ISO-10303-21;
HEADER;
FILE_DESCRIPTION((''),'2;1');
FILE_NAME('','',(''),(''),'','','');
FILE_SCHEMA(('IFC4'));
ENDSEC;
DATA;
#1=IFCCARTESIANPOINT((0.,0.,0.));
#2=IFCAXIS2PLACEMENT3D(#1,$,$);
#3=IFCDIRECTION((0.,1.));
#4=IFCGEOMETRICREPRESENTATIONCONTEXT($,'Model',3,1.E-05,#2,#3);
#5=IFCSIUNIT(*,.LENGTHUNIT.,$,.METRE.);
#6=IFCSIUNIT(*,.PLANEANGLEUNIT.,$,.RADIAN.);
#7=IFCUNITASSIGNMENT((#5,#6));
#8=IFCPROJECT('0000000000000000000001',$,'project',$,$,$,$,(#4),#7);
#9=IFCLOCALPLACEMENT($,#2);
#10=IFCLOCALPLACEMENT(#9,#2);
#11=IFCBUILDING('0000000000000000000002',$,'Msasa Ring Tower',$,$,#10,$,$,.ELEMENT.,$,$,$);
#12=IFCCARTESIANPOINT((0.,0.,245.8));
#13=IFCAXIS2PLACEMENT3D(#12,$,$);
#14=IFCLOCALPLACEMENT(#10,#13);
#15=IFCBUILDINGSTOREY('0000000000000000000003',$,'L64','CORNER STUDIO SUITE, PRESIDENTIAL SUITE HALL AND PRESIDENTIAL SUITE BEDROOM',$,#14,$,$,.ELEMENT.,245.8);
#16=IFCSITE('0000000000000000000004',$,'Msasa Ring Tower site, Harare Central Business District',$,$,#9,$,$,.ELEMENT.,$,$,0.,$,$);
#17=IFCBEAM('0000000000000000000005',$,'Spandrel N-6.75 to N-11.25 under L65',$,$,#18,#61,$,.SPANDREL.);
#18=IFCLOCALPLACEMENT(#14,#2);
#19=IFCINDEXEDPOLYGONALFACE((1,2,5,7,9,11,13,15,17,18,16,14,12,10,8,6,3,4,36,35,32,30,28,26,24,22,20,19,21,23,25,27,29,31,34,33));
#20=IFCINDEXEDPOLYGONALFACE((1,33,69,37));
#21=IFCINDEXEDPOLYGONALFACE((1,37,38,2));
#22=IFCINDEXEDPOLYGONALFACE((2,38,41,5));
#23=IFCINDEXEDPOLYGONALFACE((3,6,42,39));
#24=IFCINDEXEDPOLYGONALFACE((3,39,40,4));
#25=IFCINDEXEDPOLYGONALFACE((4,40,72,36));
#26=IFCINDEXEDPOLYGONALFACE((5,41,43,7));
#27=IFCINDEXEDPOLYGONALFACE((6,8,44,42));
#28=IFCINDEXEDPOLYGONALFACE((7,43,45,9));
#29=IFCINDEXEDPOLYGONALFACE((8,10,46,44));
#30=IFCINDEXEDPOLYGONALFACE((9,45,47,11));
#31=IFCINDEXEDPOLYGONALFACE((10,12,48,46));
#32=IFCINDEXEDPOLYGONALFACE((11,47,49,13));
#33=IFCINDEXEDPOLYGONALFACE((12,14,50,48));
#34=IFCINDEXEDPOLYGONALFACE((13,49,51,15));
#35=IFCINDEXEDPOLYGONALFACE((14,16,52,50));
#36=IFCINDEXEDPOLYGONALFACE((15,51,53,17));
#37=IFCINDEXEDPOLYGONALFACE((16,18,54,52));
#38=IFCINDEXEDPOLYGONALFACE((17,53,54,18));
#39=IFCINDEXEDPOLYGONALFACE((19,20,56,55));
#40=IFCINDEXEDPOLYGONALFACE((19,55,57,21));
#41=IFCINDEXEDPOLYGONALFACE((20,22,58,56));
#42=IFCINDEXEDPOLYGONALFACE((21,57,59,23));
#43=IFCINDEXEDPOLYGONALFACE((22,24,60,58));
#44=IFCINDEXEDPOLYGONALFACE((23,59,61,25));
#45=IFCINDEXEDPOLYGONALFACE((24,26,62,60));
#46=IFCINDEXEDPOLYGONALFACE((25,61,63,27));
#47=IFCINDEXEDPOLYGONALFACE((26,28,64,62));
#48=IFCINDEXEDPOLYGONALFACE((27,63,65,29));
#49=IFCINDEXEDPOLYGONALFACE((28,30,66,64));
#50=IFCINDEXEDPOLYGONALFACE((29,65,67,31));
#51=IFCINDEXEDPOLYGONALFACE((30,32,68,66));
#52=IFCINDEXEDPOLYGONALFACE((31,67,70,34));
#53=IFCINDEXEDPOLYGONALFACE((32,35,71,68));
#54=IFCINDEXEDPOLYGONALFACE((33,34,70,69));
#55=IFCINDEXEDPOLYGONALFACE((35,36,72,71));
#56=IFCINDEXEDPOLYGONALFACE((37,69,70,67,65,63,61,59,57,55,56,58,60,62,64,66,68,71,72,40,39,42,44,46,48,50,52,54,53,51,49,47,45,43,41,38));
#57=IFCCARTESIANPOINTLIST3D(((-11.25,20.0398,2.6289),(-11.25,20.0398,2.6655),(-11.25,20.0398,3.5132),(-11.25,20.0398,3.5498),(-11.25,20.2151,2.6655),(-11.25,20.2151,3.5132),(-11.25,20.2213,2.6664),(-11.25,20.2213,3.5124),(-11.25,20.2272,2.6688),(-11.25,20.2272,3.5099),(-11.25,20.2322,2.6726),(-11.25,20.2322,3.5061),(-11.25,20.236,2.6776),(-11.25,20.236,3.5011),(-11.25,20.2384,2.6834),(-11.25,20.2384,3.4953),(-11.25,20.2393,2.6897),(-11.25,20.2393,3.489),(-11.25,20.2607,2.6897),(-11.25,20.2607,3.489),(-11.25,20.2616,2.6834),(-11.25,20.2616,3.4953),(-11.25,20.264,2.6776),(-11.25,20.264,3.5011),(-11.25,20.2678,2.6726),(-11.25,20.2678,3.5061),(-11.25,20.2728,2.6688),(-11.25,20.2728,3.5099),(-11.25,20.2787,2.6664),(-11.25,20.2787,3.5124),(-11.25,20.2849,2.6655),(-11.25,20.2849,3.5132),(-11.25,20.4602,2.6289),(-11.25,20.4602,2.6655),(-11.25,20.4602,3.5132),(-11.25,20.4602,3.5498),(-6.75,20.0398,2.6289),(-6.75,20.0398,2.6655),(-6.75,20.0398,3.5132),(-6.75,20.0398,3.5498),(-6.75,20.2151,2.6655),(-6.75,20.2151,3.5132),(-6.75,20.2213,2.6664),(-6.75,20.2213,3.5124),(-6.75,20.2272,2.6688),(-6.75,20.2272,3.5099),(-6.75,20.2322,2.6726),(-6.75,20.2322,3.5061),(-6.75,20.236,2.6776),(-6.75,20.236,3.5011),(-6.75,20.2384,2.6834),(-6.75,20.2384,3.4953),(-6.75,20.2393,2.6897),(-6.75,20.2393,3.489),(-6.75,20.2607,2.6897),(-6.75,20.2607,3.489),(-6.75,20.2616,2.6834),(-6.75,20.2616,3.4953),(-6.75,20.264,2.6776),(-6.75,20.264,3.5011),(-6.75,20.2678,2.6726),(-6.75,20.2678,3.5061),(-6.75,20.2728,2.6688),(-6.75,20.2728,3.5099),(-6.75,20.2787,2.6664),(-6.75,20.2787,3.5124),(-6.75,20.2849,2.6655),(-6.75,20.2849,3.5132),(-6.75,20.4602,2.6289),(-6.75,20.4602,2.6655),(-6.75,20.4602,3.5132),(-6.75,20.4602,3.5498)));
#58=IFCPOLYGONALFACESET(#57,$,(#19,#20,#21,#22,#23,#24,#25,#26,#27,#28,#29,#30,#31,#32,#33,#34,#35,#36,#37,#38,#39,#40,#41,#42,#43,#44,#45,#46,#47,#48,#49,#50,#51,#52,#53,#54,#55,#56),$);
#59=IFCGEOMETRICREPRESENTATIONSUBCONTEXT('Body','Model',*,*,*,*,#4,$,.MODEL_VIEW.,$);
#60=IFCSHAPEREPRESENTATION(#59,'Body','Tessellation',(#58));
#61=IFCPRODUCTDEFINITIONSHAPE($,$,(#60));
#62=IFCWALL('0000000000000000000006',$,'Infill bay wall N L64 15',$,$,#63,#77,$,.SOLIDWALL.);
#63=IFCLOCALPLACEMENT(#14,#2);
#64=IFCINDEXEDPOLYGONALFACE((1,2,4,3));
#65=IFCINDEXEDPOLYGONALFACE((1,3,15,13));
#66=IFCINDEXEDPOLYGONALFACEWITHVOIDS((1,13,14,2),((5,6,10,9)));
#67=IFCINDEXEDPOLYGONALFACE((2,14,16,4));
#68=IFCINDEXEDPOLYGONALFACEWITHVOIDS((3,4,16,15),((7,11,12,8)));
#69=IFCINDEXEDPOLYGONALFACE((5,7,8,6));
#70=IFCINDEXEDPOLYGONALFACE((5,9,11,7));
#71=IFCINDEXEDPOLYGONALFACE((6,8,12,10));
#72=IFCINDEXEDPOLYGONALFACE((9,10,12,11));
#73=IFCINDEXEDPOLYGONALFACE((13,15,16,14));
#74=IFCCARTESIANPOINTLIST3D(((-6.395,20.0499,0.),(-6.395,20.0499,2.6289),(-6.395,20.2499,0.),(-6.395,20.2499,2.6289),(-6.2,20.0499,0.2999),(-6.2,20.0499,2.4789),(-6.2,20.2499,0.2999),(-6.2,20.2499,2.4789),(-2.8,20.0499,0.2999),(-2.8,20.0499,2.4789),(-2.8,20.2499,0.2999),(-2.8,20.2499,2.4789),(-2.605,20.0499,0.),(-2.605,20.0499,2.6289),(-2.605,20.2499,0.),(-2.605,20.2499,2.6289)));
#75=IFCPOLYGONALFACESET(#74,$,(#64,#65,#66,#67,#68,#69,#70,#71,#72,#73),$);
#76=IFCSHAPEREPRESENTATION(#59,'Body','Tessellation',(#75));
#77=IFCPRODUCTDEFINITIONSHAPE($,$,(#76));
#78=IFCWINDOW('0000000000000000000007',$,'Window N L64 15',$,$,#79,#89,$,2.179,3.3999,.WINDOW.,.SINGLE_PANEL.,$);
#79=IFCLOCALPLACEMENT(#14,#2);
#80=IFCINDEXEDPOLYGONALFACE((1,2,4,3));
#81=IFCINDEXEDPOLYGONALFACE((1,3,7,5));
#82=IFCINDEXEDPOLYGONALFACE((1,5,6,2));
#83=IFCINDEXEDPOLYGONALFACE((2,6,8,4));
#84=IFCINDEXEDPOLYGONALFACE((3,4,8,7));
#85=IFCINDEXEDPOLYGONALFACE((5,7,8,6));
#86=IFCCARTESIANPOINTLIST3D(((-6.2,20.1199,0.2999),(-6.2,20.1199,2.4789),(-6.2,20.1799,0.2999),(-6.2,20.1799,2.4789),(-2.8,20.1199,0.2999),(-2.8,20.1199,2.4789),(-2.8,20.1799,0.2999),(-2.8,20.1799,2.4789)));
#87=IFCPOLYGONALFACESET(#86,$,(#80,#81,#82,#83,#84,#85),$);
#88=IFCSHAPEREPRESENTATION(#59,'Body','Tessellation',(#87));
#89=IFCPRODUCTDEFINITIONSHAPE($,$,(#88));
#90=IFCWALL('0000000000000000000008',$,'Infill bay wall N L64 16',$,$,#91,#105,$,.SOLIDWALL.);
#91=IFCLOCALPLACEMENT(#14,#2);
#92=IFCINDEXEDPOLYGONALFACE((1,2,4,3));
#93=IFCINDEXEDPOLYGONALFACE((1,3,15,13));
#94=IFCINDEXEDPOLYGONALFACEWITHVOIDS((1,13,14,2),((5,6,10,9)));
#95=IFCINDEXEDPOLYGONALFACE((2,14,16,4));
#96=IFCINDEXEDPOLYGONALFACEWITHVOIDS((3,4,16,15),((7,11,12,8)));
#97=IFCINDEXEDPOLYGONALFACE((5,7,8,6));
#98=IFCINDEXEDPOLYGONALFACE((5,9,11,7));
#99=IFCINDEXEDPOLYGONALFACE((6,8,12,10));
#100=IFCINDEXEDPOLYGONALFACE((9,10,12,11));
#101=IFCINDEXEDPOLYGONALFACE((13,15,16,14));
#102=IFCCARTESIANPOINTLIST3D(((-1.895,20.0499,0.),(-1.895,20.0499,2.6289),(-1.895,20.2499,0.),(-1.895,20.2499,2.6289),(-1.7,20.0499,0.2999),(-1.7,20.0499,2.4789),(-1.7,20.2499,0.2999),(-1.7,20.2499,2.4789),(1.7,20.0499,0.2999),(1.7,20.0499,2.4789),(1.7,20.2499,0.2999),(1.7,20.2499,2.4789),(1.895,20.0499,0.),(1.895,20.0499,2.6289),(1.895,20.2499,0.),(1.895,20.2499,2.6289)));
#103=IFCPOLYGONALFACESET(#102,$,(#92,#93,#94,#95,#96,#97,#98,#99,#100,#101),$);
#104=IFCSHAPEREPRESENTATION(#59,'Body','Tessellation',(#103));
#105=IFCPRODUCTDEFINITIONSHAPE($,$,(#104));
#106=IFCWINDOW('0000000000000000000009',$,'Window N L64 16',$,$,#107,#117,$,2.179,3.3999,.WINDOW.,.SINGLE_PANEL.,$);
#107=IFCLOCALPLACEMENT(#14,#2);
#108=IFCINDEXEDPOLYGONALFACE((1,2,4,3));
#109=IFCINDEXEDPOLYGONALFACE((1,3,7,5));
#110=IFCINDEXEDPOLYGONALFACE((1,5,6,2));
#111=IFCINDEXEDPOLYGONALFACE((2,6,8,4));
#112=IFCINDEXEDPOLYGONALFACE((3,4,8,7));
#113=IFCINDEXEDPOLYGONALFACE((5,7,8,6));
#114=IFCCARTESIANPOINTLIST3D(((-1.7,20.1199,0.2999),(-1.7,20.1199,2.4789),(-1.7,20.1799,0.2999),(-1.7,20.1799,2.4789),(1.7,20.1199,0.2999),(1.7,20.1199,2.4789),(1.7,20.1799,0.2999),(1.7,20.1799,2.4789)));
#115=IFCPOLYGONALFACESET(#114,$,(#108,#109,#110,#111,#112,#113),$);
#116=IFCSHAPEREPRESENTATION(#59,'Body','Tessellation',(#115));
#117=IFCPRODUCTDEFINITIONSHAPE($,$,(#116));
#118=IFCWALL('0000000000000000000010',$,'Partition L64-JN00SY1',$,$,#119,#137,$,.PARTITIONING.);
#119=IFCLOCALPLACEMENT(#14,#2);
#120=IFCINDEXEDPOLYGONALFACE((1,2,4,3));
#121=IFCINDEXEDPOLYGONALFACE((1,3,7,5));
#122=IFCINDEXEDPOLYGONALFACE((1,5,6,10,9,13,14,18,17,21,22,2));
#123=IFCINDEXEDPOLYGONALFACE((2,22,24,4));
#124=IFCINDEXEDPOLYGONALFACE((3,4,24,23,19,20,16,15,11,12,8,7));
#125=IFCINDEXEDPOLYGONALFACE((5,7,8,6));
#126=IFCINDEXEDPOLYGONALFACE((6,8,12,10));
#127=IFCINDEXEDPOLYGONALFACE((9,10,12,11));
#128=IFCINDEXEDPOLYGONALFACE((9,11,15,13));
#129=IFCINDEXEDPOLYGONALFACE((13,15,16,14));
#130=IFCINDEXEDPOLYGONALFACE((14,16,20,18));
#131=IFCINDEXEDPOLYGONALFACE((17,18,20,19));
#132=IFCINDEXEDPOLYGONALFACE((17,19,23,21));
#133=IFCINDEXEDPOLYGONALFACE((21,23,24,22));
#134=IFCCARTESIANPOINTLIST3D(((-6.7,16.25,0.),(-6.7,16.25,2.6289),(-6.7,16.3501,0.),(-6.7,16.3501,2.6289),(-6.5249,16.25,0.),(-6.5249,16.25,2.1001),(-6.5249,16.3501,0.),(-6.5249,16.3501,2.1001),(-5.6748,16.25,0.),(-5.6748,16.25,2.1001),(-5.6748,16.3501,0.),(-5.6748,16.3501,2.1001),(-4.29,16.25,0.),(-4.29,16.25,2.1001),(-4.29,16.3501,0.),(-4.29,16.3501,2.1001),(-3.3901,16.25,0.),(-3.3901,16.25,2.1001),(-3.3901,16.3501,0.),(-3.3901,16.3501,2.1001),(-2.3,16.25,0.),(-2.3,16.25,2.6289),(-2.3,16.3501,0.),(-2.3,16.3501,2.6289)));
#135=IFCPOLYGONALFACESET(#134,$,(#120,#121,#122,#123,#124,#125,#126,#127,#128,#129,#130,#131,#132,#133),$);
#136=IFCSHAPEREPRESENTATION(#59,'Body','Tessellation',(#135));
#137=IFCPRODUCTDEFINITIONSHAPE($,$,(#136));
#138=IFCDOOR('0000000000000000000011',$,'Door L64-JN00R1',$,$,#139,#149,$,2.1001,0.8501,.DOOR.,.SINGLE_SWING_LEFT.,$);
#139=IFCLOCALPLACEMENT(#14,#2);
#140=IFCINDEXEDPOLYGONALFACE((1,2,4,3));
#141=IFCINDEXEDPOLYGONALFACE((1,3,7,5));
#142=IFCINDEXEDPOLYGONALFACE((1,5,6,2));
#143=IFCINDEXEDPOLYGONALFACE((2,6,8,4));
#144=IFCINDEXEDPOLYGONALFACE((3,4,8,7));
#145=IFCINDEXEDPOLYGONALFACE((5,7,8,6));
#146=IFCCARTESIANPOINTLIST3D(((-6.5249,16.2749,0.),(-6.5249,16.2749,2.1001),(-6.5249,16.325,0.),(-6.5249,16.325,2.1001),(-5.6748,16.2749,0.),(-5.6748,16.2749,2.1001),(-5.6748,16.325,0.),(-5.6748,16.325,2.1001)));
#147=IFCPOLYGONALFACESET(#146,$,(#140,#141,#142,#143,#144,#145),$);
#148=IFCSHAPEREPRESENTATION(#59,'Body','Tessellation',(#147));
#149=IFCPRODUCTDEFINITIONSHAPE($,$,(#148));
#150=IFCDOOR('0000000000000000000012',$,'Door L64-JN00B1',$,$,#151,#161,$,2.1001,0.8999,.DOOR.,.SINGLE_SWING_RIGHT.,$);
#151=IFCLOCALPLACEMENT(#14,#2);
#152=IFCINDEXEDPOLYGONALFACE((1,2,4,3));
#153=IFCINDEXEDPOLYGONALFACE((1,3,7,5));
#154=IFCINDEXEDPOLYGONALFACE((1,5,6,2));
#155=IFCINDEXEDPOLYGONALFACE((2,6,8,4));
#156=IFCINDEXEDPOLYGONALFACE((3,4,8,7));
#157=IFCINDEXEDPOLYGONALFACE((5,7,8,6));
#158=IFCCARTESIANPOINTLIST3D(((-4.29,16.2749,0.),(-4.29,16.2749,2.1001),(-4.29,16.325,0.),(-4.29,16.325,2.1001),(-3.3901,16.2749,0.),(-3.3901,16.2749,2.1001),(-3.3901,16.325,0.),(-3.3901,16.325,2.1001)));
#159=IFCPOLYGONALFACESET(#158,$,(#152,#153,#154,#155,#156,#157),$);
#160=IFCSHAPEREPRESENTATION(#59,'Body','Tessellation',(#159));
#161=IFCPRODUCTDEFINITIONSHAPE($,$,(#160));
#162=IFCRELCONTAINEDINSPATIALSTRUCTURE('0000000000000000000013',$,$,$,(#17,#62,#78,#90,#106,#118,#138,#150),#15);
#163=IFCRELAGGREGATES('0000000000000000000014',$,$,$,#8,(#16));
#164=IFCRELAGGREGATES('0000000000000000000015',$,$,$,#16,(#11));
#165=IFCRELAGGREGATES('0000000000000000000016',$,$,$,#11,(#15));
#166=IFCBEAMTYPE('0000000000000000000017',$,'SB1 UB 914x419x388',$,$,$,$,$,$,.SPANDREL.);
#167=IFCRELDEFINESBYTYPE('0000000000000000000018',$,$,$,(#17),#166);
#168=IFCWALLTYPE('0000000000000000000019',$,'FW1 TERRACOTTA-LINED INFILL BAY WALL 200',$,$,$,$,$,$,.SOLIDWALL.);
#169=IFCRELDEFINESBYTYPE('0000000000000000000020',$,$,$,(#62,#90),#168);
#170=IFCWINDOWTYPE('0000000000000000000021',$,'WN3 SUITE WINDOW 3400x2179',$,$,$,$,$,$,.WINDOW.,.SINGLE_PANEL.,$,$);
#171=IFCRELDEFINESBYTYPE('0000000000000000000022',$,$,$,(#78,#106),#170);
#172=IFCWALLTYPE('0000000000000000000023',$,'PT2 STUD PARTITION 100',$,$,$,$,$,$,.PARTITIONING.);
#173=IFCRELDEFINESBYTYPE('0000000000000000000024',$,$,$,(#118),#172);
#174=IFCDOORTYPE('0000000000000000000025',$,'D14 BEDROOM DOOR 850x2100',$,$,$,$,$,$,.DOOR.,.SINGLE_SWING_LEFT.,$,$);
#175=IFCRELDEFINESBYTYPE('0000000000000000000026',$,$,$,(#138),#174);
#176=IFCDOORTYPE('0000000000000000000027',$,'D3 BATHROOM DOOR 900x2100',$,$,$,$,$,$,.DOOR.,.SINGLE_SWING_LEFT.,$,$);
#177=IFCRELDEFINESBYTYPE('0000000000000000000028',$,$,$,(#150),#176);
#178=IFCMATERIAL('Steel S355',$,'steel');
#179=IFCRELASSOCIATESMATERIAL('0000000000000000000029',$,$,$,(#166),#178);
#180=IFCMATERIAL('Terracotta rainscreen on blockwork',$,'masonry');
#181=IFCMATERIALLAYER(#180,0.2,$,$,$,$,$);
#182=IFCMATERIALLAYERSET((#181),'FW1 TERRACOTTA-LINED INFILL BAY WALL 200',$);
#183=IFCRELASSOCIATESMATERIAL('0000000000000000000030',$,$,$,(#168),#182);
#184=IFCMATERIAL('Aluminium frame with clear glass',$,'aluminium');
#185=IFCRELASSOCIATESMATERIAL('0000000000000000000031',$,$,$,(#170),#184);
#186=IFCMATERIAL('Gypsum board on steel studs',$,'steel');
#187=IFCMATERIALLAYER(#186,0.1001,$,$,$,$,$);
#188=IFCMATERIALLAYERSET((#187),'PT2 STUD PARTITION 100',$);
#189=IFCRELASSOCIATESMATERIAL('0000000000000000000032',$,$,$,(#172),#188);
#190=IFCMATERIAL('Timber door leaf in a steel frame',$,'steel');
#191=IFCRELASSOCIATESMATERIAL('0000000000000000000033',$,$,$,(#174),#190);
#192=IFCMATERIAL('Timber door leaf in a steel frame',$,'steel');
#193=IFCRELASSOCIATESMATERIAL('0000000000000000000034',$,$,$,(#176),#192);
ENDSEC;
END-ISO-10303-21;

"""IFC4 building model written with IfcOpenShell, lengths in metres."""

from ifc_helpers import new_model, si_unit, direction, frame, frame_2d, origin, origin_2d, place, context, subcontext, project, spatial, rectangle, i_section, extrude, material, layer, layer_set, material_profile, profile_set, type_object, element, fill, save


model = new_model("IFC4")

# Units and contexts
model_context = context("Model", 3, precision=1e-05, world=origin(), true_north=direction((0.0, 1.0)))
body_context = subcontext(model_context, "Body", "Model", "MODEL_VIEW")
ifc_project = project(units=[si_unit("LENGTHUNIT", "METRE"), si_unit("PLANEANGLEUNIT", "RADIAN")], contexts=[model_context])

# Site, building, storey
site_placement = place(None, origin())
site = spatial("IfcSite", under=ifc_project, at=site_placement, Name="Msasa Ring Tower site, Harare Central Business District", CompositionType="ELEMENT", RefElevation=0.0)
building_placement = place(site_placement, origin())
building = spatial("IfcBuilding", under=site, at=building_placement, Name="Msasa Ring Tower", CompositionType="ELEMENT")
storey_placement = place(building_placement, frame((0.0, 0.0, 245.8)))
storey = spatial("IfcBuildingStorey", under=building, at=storey_placement, Name="L64", Description="CORNER STUDIO SUITE, PRESIDENTIAL SUITE HALL AND PRESIDENTIAL SUITE BEDROOM", CompositionType="ELEMENT", Elevation=245.8)

# Beam
ifc_material_1 = material(Name="Steel S355", Category="steel")
ifc_material_profile_1 = material_profile(ifc_material_1, i_section(OverallWidth=0.4204, OverallDepth=0.9209, WebThickness=0.0215, FlangeThickness=0.0366, FilletRadius=0.0242, at=origin_2d()), Name="UB 914x419x388")
ifc_profile_set_1 = profile_set([ifc_material_profile_1], Name="Steel S355")
beam_type_1 = type_object("IfcBeamType", Name="SB1 UB 914x419x388", PredefinedType="SPANDREL", material=ifc_profile_set_1)
for number, where, z_axis, x_axis, name in (
    (1, (-6.75, 20.25, 3.0894), (-1.0, 0.0, 0.0), (0.0, -1.0, 0.0), "Spandrel N-6.75 to N-11.25 under L65"),
):
    element("IfcBeam", number, at=place(storey_placement, frame(where, z_axis=z_axis, x_axis=x_axis)), inside=storey, type_object=beam_type_1, Name=name, PredefinedType="SPANDREL", context=body_context, shape_type="SweptSolid", body=[
        extrude(i_section(OverallWidth=0.4204, OverallDepth=0.9209, WebThickness=0.0215, FlangeThickness=0.0366, FilletRadius=0.0242, at=origin_2d()), origin(), (0.0, 0.0, 1.0), 4.5),
    ])

# Walls, openings, windows
ifc_material_2 = material(Name="Terracotta rainscreen on blockwork", Category="masonry")
ifc_layer_1 = layer(ifc_material_2, 0.2)
ifc_layer_set_1 = layer_set([ifc_layer_1], Name="FW1 TERRACOTTA-LINED INFILL BAY WALL 200")
wall_type_1 = type_object("IfcWallType", Name="FW1 TERRACOTTA-LINED INFILL BAY WALL 200", PredefinedType="SOLIDWALL", material=ifc_layer_set_1)
wall_1_placement = place(storey_placement, frame((-6.395, 20.1499, 0.0), z_axis=(0.0, 0.0, 1.0), x_axis=(1.0, 0.0, 0.0)))
wall_1 = element("IfcWall", 2, at=wall_1_placement, inside=storey, type_object=wall_type_1, Name="Infill bay wall N L64 15", PredefinedType="SOLIDWALL", context=body_context, shape_type="SweptSolid", body=[
    extrude(rectangle(XDim=3.79, YDim=0.2, at=frame_2d((1.895, 0.0))), origin(), (0.0, 0.0, 1.0), 2.6289),
])
opening_1_placement = place(wall_1_placement, frame((0.1951, 0.0, 0.3)))
opening_1 = element("IfcOpeningElement", 3, at=opening_1_placement, cuts=wall_1, PredefinedType="OPENING", context=body_context, shape_type="SweptSolid", body=[
    extrude(rectangle(XDim=3.3999, YDim=2.179, at=frame_2d((1.7, 1.0894))), frame((0.0, 0.1099, 0.0), z_axis=(0.0, -1.0, 0.0), x_axis=(1.0, 0.0, 0.0)), (0.0, 0.0, 1.0), 0.22),
])
ifc_material_3 = material(Name="Aluminium frame with clear glass", Category="aluminium")
window_type = type_object("IfcWindowType", Name="WN3 SUITE WINDOW 3400x2179", PartitioningType="SINGLE_PANEL", PredefinedType="WINDOW", material=ifc_material_3)
window_1_placement = place(opening_1_placement, origin())
window_1 = element("IfcWindow", 4, at=window_1_placement, inside=storey, type_object=window_type, Name="Window N L64 15", OverallHeight=2.179, OverallWidth=3.3999, PartitioningType="SINGLE_PANEL", PredefinedType="WINDOW", context=body_context, shape_type="SweptSolid", body=[
    extrude(rectangle(XDim=3.3999, YDim=2.179, at=frame_2d((1.7, 1.0894))), frame((0.0, 0.03, 0.0), z_axis=(0.0, -1.0, 0.0), x_axis=(1.0, 0.0, 0.0)), (0.0, 0.0, 1.0), 0.0601),
])
fill(opening_1, window_1)
wall_2_placement = place(storey_placement, frame((-1.895, 20.1499, 0.0), z_axis=(0.0, 0.0, 1.0), x_axis=(1.0, 0.0, 0.0)))
wall_2 = element("IfcWall", 5, at=wall_2_placement, inside=storey, type_object=wall_type_1, Name="Infill bay wall N L64 16", PredefinedType="SOLIDWALL", context=body_context, shape_type="SweptSolid", body=[
    extrude(rectangle(XDim=3.79, YDim=0.2, at=frame_2d((1.895, 0.0))), origin(), (0.0, 0.0, 1.0), 2.6289),
])
opening_2_placement = place(wall_2_placement, frame((0.1951, 0.0, 0.3)))
opening_2 = element("IfcOpeningElement", 6, at=opening_2_placement, cuts=wall_2, PredefinedType="OPENING", context=body_context, shape_type="SweptSolid", body=[
    extrude(rectangle(XDim=3.3999, YDim=2.179, at=frame_2d((1.7, 1.0894))), frame((0.0, 0.1099, 0.0), z_axis=(0.0, -1.0, 0.0), x_axis=(1.0, 0.0, 0.0)), (0.0, 0.0, 1.0), 0.22),
])
window_2_placement = place(opening_2_placement, origin())
window_2 = element("IfcWindow", 7, at=window_2_placement, inside=storey, type_object=window_type, Name="Window N L64 16", OverallHeight=2.179, OverallWidth=3.3999, PartitioningType="SINGLE_PANEL", PredefinedType="WINDOW", context=body_context, shape_type="SweptSolid", body=[
    extrude(rectangle(XDim=3.3999, YDim=2.179, at=frame_2d((1.7, 1.0894))), frame((0.0, 0.03, 0.0), z_axis=(0.0, -1.0, 0.0), x_axis=(1.0, 0.0, 0.0)), (0.0, 0.0, 1.0), 0.0601),
])
fill(opening_2, window_2)

# Wall, openings, doors
ifc_material_4 = material(Name="Gypsum board on steel studs", Category="steel")
ifc_layer_2 = layer(ifc_material_4, 0.1001)
ifc_layer_set_2 = layer_set([ifc_layer_2], Name="PT2 STUD PARTITION 100")
wall_type_2 = type_object("IfcWallType", Name="PT2 STUD PARTITION 100", PredefinedType="PARTITIONING", material=ifc_layer_set_2)
wall_3_placement = place(storey_placement, frame((-6.7, 16.3, 0.0), z_axis=(0.0, 0.0, 1.0), x_axis=(1.0, 0.0, 0.0)))
wall_3 = element("IfcWall", 8, at=wall_3_placement, inside=storey, type_object=wall_type_2, Name="Partition L64-JN00SY1", PredefinedType="PARTITIONING", context=body_context, shape_type="SweptSolid", body=[
    extrude(rectangle(XDim=4.3999, YDim=0.1001, at=frame_2d((2.2, 0.0))), origin(), (0.0, 0.0, 1.0), 2.6289),
])
opening_3_placement = place(wall_3_placement, frame((0.175, 0.0, 0.0)))
opening_3 = element("IfcOpeningElement", 9, at=opening_3_placement, cuts=wall_3, PredefinedType="OPENING", context=body_context, shape_type="SweptSolid", body=[
    extrude(rectangle(XDim=0.8501, YDim=2.1001, at=frame_2d((0.425, 1.05))), frame((0.0, 0.0601, 0.0), z_axis=(0.0, -1.0, 0.0), x_axis=(1.0, 0.0, 0.0)), (0.0, 0.0, 1.0), 0.1201),
])
opening_4_placement = place(wall_3_placement, frame((2.4099, 0.0, 0.0)))
opening_4 = element("IfcOpeningElement", 10, at=opening_4_placement, cuts=wall_3, PredefinedType="OPENING", context=body_context, shape_type="SweptSolid", body=[
    extrude(rectangle(XDim=0.8999, YDim=2.1001, at=frame_2d((0.45, 1.05))), frame((0.0, 0.0601, 0.0), z_axis=(0.0, -1.0, 0.0), x_axis=(1.0, 0.0, 0.0)), (0.0, 0.0, 1.0), 0.1201),
])
ifc_material_5 = material(Name="Timber door leaf in a steel frame", Category="steel")
door_type_1 = type_object("IfcDoorType", Name="D14 BEDROOM DOOR 850x2100", OperationType="SINGLE_SWING_LEFT", PredefinedType="DOOR", material=ifc_material_5)
door_1_placement = place(opening_3_placement, origin())
door_1 = element("IfcDoor", 11, at=door_1_placement, inside=storey, type_object=door_type_1, Name="Door L64-JN00R1", OperationType="SINGLE_SWING_LEFT", OverallHeight=2.1001, OverallWidth=0.8501, PredefinedType="DOOR", context=body_context, shape_type="SweptSolid", body=[
    extrude(rectangle(XDim=0.8501, YDim=2.1001, at=frame_2d((0.425, 1.05))), frame((0.0, 0.0249, 0.0), z_axis=(0.0, -1.0, 0.0), x_axis=(1.0, 0.0, 0.0)), (0.0, 0.0, 1.0), 0.05),
])
fill(opening_3, door_1)
ifc_material_6 = material(Name="Timber door leaf in a steel frame", Category="steel")
door_type_2 = type_object("IfcDoorType", Name="D3 BATHROOM DOOR 900x2100", OperationType="SINGLE_SWING_LEFT", PredefinedType="DOOR", material=ifc_material_6)
door_2_placement = place(opening_4_placement, origin())
door_2 = element("IfcDoor", 12, at=door_2_placement, inside=storey, type_object=door_type_2, Name="Door L64-JN00B1", OperationType="SINGLE_SWING_RIGHT", OverallHeight=2.1001, OverallWidth=0.8999, PredefinedType="DOOR", context=body_context, shape_type="SweptSolid", body=[
    extrude(rectangle(XDim=0.8999, YDim=2.1001, at=frame_2d((0.45, 1.05))), frame((0.0, 0.0249, 0.0), z_axis=(0.0, -1.0, 0.0), x_axis=(1.0, 0.0, 0.0)), (0.0, 0.0, 1.0), 0.05),
])
fill(opening_4, door_2)

save(model, "model.ifc")
